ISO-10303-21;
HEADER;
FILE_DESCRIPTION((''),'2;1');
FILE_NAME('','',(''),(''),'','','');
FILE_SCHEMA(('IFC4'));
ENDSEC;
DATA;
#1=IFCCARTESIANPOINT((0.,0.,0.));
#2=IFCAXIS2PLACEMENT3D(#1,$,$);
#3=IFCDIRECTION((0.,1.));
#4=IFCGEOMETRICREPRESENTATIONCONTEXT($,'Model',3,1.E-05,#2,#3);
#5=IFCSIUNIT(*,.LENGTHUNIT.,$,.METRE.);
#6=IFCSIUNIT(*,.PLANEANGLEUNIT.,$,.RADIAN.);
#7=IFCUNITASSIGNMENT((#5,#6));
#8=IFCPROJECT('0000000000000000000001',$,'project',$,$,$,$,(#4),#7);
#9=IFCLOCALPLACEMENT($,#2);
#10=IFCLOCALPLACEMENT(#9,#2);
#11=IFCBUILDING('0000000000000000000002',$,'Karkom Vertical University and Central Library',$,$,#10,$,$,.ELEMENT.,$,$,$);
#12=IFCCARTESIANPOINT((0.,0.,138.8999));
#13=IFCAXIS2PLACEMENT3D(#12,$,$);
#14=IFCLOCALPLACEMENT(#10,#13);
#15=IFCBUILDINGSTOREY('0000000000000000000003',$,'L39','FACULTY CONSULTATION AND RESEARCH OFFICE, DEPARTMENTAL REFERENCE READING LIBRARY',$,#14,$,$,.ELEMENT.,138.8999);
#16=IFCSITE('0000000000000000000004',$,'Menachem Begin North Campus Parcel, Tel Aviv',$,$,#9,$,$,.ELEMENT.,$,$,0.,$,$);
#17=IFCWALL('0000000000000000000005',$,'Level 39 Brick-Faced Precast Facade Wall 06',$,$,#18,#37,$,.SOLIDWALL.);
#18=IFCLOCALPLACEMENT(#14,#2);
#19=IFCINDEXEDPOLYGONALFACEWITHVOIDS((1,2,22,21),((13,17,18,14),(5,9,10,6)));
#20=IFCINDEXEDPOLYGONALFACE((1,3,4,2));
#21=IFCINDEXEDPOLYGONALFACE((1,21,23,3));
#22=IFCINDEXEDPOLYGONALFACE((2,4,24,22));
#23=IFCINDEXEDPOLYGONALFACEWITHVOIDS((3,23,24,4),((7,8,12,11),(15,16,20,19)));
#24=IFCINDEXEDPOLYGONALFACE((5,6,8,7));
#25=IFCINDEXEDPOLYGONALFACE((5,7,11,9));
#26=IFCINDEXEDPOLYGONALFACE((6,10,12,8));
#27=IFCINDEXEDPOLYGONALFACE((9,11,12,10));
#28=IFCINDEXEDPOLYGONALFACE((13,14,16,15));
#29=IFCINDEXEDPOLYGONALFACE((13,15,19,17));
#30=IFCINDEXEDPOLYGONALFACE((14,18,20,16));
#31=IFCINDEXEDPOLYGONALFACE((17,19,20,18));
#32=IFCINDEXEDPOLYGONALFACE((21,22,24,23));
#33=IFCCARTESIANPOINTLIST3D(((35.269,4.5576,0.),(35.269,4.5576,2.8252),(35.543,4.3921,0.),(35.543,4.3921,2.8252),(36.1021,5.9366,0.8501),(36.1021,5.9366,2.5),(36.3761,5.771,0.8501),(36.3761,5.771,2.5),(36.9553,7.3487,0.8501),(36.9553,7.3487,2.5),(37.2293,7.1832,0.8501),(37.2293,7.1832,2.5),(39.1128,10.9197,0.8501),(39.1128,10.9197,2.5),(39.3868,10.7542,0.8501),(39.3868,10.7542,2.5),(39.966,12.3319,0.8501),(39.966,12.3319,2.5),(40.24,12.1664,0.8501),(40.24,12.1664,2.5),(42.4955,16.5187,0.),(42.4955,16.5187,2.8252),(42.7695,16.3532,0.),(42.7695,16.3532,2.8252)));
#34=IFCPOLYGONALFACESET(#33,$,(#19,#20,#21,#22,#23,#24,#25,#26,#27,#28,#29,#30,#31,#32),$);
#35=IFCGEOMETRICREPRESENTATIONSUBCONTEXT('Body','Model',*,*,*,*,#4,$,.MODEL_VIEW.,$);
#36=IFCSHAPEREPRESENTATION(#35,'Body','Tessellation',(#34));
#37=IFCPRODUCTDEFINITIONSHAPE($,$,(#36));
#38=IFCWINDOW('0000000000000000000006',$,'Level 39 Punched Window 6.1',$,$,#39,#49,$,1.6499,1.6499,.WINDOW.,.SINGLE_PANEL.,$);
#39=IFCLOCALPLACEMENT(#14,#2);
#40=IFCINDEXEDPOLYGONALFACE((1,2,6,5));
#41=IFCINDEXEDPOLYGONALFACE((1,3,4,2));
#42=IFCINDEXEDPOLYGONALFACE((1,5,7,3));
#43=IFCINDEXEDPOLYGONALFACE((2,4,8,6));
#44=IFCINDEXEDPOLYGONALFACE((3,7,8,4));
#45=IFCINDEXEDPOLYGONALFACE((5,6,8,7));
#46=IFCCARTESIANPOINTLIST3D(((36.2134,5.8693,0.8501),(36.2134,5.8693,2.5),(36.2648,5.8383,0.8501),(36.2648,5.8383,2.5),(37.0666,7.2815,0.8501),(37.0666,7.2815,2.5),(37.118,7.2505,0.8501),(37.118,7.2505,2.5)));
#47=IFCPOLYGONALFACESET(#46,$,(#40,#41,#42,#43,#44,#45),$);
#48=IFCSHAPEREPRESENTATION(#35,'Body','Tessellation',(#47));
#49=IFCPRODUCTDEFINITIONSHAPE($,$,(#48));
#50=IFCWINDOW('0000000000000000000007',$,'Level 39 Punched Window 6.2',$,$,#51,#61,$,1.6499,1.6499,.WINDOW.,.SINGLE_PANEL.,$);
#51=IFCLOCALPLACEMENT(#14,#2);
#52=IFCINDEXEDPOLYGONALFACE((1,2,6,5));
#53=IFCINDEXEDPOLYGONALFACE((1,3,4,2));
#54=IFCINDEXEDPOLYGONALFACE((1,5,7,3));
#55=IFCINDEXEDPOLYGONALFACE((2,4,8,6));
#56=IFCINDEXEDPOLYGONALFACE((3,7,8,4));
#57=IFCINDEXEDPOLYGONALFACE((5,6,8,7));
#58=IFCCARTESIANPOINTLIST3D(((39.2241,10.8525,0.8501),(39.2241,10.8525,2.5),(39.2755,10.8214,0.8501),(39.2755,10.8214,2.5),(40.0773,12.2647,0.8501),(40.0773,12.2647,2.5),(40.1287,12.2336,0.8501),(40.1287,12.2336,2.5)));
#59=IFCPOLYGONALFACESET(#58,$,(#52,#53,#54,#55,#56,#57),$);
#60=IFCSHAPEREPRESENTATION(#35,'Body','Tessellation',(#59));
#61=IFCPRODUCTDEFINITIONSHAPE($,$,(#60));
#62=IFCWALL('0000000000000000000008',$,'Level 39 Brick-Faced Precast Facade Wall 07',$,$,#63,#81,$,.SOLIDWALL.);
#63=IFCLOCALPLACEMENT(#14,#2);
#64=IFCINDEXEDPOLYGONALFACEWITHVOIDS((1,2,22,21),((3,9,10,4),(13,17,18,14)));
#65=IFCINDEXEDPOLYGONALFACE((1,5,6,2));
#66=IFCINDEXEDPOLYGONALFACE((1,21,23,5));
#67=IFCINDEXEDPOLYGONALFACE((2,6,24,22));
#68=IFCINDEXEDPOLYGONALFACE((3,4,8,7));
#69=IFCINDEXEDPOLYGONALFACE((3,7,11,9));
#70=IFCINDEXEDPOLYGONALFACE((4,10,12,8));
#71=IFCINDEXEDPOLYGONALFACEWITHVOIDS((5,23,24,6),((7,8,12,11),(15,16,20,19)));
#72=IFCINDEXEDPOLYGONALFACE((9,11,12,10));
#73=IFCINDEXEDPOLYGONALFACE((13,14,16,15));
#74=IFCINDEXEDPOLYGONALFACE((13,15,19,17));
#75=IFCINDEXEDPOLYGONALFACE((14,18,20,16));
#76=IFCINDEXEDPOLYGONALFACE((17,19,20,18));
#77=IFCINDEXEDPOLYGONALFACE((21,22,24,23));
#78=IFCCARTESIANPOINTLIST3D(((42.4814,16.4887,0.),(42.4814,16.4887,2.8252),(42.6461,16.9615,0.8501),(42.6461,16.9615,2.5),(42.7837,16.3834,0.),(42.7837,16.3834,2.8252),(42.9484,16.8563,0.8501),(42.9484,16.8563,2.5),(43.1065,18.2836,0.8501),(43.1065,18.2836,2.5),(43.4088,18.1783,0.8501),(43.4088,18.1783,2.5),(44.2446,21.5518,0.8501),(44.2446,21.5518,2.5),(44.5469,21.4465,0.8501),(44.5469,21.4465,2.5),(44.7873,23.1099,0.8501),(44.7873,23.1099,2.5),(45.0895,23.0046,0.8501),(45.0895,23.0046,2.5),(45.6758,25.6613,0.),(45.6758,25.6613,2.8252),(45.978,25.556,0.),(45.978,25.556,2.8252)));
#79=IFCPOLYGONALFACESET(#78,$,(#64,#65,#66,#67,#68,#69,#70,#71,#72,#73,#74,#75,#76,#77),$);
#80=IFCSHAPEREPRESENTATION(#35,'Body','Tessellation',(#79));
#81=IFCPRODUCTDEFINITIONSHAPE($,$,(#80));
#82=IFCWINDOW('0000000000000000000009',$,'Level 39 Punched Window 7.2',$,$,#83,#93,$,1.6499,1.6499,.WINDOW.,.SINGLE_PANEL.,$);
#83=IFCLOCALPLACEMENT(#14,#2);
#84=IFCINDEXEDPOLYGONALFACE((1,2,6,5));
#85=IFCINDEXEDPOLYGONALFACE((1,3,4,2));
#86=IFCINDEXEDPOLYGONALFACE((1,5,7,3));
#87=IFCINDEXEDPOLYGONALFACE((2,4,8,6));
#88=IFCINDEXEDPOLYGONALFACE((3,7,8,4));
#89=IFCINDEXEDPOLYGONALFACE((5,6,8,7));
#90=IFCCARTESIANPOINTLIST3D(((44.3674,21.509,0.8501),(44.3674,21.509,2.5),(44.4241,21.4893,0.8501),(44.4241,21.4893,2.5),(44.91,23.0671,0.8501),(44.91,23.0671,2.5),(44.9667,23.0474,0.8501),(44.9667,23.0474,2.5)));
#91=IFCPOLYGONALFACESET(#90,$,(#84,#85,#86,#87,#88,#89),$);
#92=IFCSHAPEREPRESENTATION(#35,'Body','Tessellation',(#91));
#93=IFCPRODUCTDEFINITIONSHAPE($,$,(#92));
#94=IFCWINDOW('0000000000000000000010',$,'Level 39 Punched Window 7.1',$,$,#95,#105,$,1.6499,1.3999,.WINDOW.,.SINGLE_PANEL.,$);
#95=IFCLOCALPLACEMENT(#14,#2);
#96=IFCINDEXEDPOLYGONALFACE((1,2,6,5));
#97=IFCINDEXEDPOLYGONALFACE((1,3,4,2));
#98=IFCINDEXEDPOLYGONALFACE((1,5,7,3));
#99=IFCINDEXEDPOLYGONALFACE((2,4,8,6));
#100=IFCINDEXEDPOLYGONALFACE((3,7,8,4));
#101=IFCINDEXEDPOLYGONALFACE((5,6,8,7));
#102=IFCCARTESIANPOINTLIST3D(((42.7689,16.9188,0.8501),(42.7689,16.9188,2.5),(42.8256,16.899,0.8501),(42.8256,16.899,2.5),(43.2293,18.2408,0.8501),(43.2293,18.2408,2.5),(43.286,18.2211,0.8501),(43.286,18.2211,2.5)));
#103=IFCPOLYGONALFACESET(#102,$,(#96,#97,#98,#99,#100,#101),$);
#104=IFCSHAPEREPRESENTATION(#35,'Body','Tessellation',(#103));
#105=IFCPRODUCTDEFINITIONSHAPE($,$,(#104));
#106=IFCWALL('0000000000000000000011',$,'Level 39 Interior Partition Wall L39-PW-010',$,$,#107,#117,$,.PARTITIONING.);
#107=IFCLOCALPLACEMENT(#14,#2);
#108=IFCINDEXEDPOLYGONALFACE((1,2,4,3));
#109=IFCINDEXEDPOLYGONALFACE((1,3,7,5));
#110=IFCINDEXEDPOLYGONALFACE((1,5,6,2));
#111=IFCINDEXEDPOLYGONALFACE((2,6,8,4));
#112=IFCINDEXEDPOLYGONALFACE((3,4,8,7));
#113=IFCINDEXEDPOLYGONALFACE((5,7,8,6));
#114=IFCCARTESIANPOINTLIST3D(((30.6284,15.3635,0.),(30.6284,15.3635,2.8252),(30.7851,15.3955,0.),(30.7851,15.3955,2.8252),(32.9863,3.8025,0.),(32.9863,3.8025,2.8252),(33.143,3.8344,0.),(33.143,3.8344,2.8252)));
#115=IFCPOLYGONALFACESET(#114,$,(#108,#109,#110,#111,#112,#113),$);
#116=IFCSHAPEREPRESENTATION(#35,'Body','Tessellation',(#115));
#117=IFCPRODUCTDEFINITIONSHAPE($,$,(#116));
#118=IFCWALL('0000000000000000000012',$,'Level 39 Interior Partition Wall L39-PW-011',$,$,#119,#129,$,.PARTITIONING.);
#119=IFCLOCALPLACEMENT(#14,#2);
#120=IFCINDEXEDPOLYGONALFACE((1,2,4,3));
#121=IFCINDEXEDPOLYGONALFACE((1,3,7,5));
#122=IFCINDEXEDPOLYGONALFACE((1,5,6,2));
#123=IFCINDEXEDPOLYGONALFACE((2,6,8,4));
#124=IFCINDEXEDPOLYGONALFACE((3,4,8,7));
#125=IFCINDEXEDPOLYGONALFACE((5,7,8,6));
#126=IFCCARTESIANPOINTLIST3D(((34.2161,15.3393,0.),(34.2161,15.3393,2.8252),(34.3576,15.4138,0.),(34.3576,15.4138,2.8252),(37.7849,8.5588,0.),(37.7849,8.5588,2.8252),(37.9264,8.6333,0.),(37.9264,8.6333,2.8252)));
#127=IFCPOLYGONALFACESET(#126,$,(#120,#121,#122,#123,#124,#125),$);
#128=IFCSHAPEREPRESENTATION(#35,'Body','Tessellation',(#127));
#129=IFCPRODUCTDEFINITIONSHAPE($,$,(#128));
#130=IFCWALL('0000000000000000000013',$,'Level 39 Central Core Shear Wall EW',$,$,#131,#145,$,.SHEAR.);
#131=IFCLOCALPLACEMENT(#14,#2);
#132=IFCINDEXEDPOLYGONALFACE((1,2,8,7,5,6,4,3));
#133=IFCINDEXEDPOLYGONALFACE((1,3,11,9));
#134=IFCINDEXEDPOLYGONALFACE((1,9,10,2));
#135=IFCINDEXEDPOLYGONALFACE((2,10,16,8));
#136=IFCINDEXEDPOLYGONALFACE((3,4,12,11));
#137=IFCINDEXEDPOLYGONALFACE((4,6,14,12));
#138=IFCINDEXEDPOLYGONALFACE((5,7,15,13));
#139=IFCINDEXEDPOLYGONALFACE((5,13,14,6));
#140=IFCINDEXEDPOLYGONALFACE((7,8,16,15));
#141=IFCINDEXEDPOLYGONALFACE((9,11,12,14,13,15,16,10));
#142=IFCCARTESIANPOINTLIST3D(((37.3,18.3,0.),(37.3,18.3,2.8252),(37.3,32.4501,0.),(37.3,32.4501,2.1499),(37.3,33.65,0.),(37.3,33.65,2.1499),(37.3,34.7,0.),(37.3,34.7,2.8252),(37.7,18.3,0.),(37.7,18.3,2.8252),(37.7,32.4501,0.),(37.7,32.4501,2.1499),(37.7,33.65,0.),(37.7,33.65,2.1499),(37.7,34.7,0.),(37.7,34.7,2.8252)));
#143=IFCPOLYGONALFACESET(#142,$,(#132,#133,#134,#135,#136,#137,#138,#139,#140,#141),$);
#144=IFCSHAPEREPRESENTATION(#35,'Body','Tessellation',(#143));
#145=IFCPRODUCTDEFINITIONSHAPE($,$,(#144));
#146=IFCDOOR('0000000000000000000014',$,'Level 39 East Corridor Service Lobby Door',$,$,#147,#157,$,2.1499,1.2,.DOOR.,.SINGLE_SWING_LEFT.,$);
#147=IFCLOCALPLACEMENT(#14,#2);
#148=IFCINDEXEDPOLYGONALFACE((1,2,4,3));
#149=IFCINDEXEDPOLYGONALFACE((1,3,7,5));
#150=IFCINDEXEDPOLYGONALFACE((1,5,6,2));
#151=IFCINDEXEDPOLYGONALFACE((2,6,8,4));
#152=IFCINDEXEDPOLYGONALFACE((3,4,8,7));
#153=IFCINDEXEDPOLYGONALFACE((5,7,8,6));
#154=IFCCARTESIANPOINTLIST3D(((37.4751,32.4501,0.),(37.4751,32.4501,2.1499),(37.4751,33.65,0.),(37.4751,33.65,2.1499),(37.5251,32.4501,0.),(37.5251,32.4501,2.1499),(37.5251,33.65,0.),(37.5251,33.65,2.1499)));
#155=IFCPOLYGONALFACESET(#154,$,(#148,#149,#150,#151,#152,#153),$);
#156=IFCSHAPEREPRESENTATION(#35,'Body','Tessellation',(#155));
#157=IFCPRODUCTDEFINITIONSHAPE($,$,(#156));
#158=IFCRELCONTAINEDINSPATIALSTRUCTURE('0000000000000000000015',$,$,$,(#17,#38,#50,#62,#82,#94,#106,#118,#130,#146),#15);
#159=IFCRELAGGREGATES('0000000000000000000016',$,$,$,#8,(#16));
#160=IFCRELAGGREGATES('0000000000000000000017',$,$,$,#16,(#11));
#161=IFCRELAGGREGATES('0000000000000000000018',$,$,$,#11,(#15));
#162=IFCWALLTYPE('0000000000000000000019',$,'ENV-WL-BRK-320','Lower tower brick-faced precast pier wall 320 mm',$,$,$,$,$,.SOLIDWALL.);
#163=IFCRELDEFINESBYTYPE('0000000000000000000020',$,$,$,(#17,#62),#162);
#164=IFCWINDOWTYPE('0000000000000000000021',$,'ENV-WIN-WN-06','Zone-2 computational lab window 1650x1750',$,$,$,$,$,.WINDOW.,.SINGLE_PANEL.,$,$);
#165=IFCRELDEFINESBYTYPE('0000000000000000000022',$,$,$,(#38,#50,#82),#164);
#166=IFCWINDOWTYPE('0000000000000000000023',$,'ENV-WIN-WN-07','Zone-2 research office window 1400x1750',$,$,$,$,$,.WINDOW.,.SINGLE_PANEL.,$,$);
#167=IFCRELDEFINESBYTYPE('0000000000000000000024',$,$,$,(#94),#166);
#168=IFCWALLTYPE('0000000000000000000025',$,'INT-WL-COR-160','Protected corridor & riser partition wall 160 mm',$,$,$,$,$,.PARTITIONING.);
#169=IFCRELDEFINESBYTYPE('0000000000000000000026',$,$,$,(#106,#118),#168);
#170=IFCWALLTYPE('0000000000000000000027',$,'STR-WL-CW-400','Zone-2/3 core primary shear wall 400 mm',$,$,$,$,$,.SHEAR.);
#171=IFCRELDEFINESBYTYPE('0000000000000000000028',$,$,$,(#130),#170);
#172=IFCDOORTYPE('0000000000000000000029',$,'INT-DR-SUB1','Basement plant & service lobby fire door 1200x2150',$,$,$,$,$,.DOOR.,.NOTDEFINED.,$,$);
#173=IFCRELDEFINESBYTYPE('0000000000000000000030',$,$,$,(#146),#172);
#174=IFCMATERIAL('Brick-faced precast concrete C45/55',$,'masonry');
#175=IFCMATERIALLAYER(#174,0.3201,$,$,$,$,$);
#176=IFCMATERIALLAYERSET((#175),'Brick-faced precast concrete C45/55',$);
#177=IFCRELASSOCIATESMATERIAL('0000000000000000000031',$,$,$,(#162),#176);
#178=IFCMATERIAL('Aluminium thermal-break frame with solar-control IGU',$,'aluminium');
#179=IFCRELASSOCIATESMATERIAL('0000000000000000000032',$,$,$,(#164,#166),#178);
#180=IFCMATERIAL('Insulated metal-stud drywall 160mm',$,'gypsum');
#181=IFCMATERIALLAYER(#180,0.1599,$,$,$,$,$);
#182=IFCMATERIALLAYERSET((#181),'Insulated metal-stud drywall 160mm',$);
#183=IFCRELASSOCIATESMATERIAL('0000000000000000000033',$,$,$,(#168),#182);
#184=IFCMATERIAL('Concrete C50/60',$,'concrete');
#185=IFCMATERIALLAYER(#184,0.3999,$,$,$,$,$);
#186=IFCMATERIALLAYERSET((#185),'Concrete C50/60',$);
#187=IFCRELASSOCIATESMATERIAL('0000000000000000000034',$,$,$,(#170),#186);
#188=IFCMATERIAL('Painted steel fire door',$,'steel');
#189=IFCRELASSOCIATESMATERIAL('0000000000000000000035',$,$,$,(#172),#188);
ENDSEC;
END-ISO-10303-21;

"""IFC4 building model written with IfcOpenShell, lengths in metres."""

from ifc_helpers import new_model, si_unit, direction, frame, frame_2d, origin, origin_with_axes, place, context, subcontext, project, spatial, rectangle, extrude, source, transform, mapped, material, layer, layer_set, type_object, element, fill, save


model = new_model("IFC4")

# Units and contexts
model_context = context("Model", 3, precision=1e-05, world=origin(), true_north=direction((0.0, 1.0)))
body_context = subcontext(model_context, "Body", "Model", "MODEL_VIEW")
ifc_project = project(units=[si_unit("LENGTHUNIT", "METRE"), si_unit("PLANEANGLEUNIT", "RADIAN")], contexts=[model_context])

# Site, building, storey
site_placement = place(None, origin())
site = spatial("IfcSite", under=ifc_project, at=site_placement, Name="Menachem Begin North Campus Parcel, Tel Aviv", CompositionType="ELEMENT", RefElevation=0.0)
building_placement = place(site_placement, origin())
building = spatial("IfcBuilding", under=site, at=building_placement, Name="Karkom Vertical University and Central Library", CompositionType="ELEMENT")
storey_placement = place(building_placement, frame((0.0, 0.0, 138.8999)))
storey = spatial("IfcBuildingStorey", under=building, at=storey_placement, Name="L39", Description="FACULTY CONSULTATION AND RESEARCH OFFICE, DEPARTMENTAL REFERENCE READING LIBRARY", CompositionType="ELEMENT", Elevation=138.8999)

# Shared definitions
ifc_material_1 = material(Name="Concrete C50/60", Category="concrete")

# Walls, openings, windows
ifc_material_2 = material(Name="Brick-faced precast concrete C45/55", Category="masonry")
ifc_layer_1 = layer(ifc_material_2, 0.3201)
ifc_layer_set_1 = layer_set([ifc_layer_1], Name="Brick-faced precast concrete C45/55")
wall_type_1 = type_object("IfcWallType", Name="ENV-WL-BRK-320", Description="Lower tower brick-faced precast pier wall 320 mm", PredefinedType="SOLIDWALL", material=ifc_layer_set_1)
wall_1_placement = place(storey_placement, frame((35.406, 4.4749, 0.0), z_axis=(0.0, 0.0, 1.0), x_axis=(0.517116, 0.855915, 0.0)))
wall_1 = element("IfcWall", 1, at=wall_1_placement, inside=storey, type_object=wall_type_1, Name="Level 39 Brick-Faced Precast Facade Wall 06", PredefinedType="SOLIDWALL", context=body_context, shape_type="SweptSolid", body=[
    extrude(rectangle(XDim=13.9746, YDim=0.3201, at=frame_2d((6.9873, 0.0))), origin(), (0.0, 0.0, 1.0), 2.8252),
])
opening_1_placement = place(wall_1_placement, frame((1.6111, 0.0, 0.8501)))
opening_1 = element("IfcOpeningElement", 2, at=opening_1_placement, cuts=wall_1, PredefinedType="OPENING", context=body_context, shape_type="SweptSolid", body=[
    extrude(rectangle(XDim=1.6499, YDim=1.6499, at=frame_2d((0.825, 0.825))), frame((0.0, 0.1699, 0.0), z_axis=(0.0, -1.0, 0.0), x_axis=(1.0, 0.0, 0.0)), (0.0, 0.0, 1.0), 0.3401),
])
opening_2_placement = place(wall_1_placement, frame((7.4331, 0.0, 0.8501)))
opening_2 = element("IfcOpeningElement", 3, at=opening_2_placement, cuts=wall_1, PredefinedType="OPENING", context=body_context, shape_type="SweptSolid", body=[
    extrude(rectangle(XDim=1.6499, YDim=1.6499, at=frame_2d((0.825, 0.825))), frame((0.0, 0.1699, 0.0), z_axis=(0.0, -1.0, 0.0), x_axis=(1.0, 0.0, 0.0)), (0.0, 0.0, 1.0), 0.3401),
])
ifc_material_3 = material(Name="Aluminium thermal-break frame with solar-control IGU", Category="aluminium")
window_type_1 = type_object("IfcWindowType", Name="ENV-WIN-WN-06", Description="Zone-2 computational lab window 1650x1750", PartitioningType="SINGLE_PANEL", PredefinedType="WINDOW", material=ifc_material_3)
shared_shape_1 = source(origin_with_axes(), body_context, "Body", "SweptSolid", [
    extrude(rectangle(XDim=1.6499, YDim=1.6499, at=frame_2d((0.825, 0.825))), frame((0.0, 0.03, 0.0), z_axis=(0.0, -1.0, 0.0), x_axis=(1.0, 0.0, 0.0)), (0.0, 0.0, 1.0), 0.0601),
])
window_1_placement = place(opening_1_placement, origin())
window_1 = element("IfcWindow", 4, at=window_1_placement, inside=storey, type_object=window_type_1, Name="Level 39 Punched Window 6.1", OverallHeight=1.6499, OverallWidth=1.6499, PartitioningType="SINGLE_PANEL", PredefinedType="WINDOW", context=body_context, shape_type="MappedRepresentation", body=[
    mapped(shared_shape_1, transform((0.0, 0.0, 0.0), scale=1.0)),
])
fill(opening_1, window_1)
window_2_placement = place(opening_2_placement, origin())
window_2 = element("IfcWindow", 5, at=window_2_placement, inside=storey, type_object=window_type_1, Name="Level 39 Punched Window 6.2", OverallHeight=1.6499, OverallWidth=1.6499, PartitioningType="SINGLE_PANEL", PredefinedType="WINDOW", context=body_context, shape_type="MappedRepresentation", body=[
    mapped(shared_shape_1, transform((0.0, 0.0, 0.0), scale=1.0)),
])
fill(opening_2, window_2)
wall_2_placement = place(storey_placement, frame((42.6326, 16.436, 0.0), z_axis=(0.0, 0.0, 1.0), x_axis=(0.328875, 0.944373, 0.0)))
wall_2 = element("IfcWall", 6, at=wall_2_placement, inside=storey, type_object=wall_type_1, Name="Level 39 Brick-Faced Precast Facade Wall 07", PredefinedType="SOLIDWALL", context=body_context, shape_type="SweptSolid", body=[
    extrude(rectangle(XDim=9.7129, YDim=0.3201, at=frame_2d((4.8564, 0.0))), origin(), (0.0, 0.0, 1.0), 2.8252),
])
opening_3_placement = place(wall_2_placement, frame((0.5007, 0.0, 0.8501)))
opening_3 = element("IfcOpeningElement", 7, at=opening_3_placement, cuts=wall_2, PredefinedType="OPENING", context=body_context, shape_type="SweptSolid", body=[
    extrude(rectangle(XDim=1.3999, YDim=1.6499, at=frame_2d((0.7, 0.825))), frame((0.0, 0.1699, 0.0), z_axis=(0.0, -1.0, 0.0), x_axis=(1.0, 0.0, 0.0)), (0.0, 0.0, 1.0), 0.3401),
])
opening_4_placement = place(wall_2_placement, frame((5.3613, 0.0, 0.8501)))
opening_4 = element("IfcOpeningElement", 8, at=opening_4_placement, cuts=wall_2, PredefinedType="OPENING", context=body_context, shape_type="SweptSolid", body=[
    extrude(rectangle(XDim=1.6499, YDim=1.6499, at=frame_2d((0.825, 0.825))), frame((0.0, 0.1699, 0.0), z_axis=(0.0, -1.0, 0.0), x_axis=(1.0, 0.0, 0.0)), (0.0, 0.0, 1.0), 0.3401),
])
window_3_placement = place(opening_4_placement, origin())
window_3 = element("IfcWindow", 9, at=window_3_placement, inside=storey, type_object=window_type_1, Name="Level 39 Punched Window 7.2", OverallHeight=1.6499, OverallWidth=1.6499, PartitioningType="SINGLE_PANEL", PredefinedType="WINDOW", context=body_context, shape_type="MappedRepresentation", body=[
    mapped(shared_shape_1, transform((0.0, 0.0, 0.0), scale=1.0)),
])
fill(opening_4, window_3)
window_type_2 = type_object("IfcWindowType", Name="ENV-WIN-WN-07", Description="Zone-2 research office window 1400x1750", PartitioningType="SINGLE_PANEL", PredefinedType="WINDOW", material=ifc_material_3)
shared_shape_2 = source(origin_with_axes(), body_context, "Body", "SweptSolid", [
    extrude(rectangle(XDim=1.3999, YDim=1.6499, at=frame_2d((0.7, 0.825))), frame((0.0, 0.03, 0.0), z_axis=(0.0, -1.0, 0.0), x_axis=(1.0, 0.0, 0.0)), (0.0, 0.0, 1.0), 0.0601),
])
window_4_placement = place(opening_3_placement, origin())
window_4 = element("IfcWindow", 10, at=window_4_placement, inside=storey, type_object=window_type_2, Name="Level 39 Punched Window 7.1", OverallHeight=1.6499, OverallWidth=1.3999, PartitioningType="SINGLE_PANEL", PredefinedType="WINDOW", context=body_context, shape_type="MappedRepresentation", body=[
    mapped(shared_shape_2, transform((0.0, 0.0, 0.0), scale=1.0)),
])
fill(opening_3, window_4)

# Wall
ifc_material_4 = material(Name="Insulated metal-stud drywall 160mm", Category="gypsum")
ifc_layer_2 = layer(ifc_material_4, 0.1599)
ifc_layer_set_2 = layer_set([ifc_layer_2], Name="Insulated metal-stud drywall 160mm")
wall_type_2 = type_object("IfcWallType", Name="INT-WL-COR-160", Description="Protected corridor & riser partition wall 160 mm", PredefinedType="PARTITIONING", material=ifc_layer_set_2)
wall_3_placement = place(storey_placement, frame((30.7068, 15.3794, 0.0), z_axis=(0.0, 0.0, 1.0), x_axis=(0.199839, -0.979829, 0.0)))
element("IfcWall", 11, at=wall_3_placement, inside=storey, type_object=wall_type_2, Name="Level 39 Interior Partition Wall L39-PW-010", PredefinedType="PARTITIONING", context=body_context, shape_type="SweptSolid", body=[
    extrude(rectangle(XDim=11.7991, YDim=0.1599, at=frame_2d((5.8994, 0.0))), origin(), (0.0, 0.0, 1.0), 2.8252),
])

# Wall
wall_4_placement = place(storey_placement, frame((34.2869, 15.3765, 0.0), z_axis=(0.0, 0.0, 1.0), x_axis=(0.465762, -0.88491, 0.0)))
element("IfcWall", 12, at=wall_4_placement, inside=storey, type_object=wall_type_2, Name="Level 39 Interior Partition Wall L39-PW-011", PredefinedType="PARTITIONING", context=body_context, shape_type="SweptSolid", body=[
    extrude(rectangle(XDim=7.6624, YDim=0.1599, at=frame_2d((3.8311, 0.0))), origin(), (0.0, 0.0, 1.0), 2.8252),
])

# Wall, opening, door
ifc_layer_3 = layer(ifc_material_1, 0.3999)
ifc_layer_set_3 = layer_set([ifc_layer_3], Name="Concrete C50/60")
wall_type_3 = type_object("IfcWallType", Name="STR-WL-CW-400", Description="Zone-2/3 core primary shear wall 400 mm", PredefinedType="SHEAR", material=ifc_layer_set_3)
wall_5_placement = place(storey_placement, frame((37.5, 18.3, 0.0), z_axis=(0.0, 0.0, 1.0), x_axis=(0.0, 1.0, 0.0)))
wall_5 = element("IfcWall", 13, at=wall_5_placement, inside=storey, type_object=wall_type_3, Name="Level 39 Central Core Shear Wall EW", PredefinedType="SHEAR", context=body_context, shape_type="SweptSolid", body=[
    extrude(rectangle(XDim=16.3999, YDim=0.3999, at=frame_2d((8.2, 0.0))), origin(), (0.0, 0.0, 1.0), 2.8252),
])
opening_5_placement = place(wall_5_placement, frame((14.1499, 0.0, 0.0)))
opening_5 = element("IfcOpeningElement", 14, at=opening_5_placement, cuts=wall_5, PredefinedType="OPENING", context=body_context, shape_type="SweptSolid", body=[
    extrude(rectangle(XDim=1.2, YDim=2.1499, at=frame_2d((0.6001, 1.075))), frame((0.0, 0.21, 0.0), z_axis=(0.0, -1.0, 0.0), x_axis=(1.0, 0.0, 0.0)), (0.0, 0.0, 1.0), 0.4199),
])
ifc_material_5 = material(Name="Painted steel fire door", Category="steel")
door_type_1 = type_object("IfcDoorType", Name="INT-DR-SUB1", Description="Basement plant & service lobby fire door 1200x2150", OperationType="NOTDEFINED", PredefinedType="DOOR", material=ifc_material_5)
shared_shape_3 = source(origin_with_axes(), body_context, "Body", "SweptSolid", [
    extrude(rectangle(XDim=1.2, YDim=2.1499, at=frame_2d((0.6001, 1.075))), frame((0.0, 0.0249, 0.0), z_axis=(0.0, -1.0, 0.0), x_axis=(1.0, 0.0, 0.0)), (0.0, 0.0, 1.0), 0.05),
])
door_1_placement = place(opening_5_placement, origin())
door_1 = element("IfcDoor", 15, at=door_1_placement, inside=storey, type_object=door_type_1, Name="Level 39 East Corridor Service Lobby Door", OperationType="SINGLE_SWING_LEFT", OverallHeight=2.1499, OverallWidth=1.2, PredefinedType="DOOR", context=body_context, shape_type="MappedRepresentation", body=[
    mapped(shared_shape_3, transform((0.0, 0.0, 0.0), scale=1.0)),
])
fill(opening_5, door_1)

save(model, "model.ifc")
